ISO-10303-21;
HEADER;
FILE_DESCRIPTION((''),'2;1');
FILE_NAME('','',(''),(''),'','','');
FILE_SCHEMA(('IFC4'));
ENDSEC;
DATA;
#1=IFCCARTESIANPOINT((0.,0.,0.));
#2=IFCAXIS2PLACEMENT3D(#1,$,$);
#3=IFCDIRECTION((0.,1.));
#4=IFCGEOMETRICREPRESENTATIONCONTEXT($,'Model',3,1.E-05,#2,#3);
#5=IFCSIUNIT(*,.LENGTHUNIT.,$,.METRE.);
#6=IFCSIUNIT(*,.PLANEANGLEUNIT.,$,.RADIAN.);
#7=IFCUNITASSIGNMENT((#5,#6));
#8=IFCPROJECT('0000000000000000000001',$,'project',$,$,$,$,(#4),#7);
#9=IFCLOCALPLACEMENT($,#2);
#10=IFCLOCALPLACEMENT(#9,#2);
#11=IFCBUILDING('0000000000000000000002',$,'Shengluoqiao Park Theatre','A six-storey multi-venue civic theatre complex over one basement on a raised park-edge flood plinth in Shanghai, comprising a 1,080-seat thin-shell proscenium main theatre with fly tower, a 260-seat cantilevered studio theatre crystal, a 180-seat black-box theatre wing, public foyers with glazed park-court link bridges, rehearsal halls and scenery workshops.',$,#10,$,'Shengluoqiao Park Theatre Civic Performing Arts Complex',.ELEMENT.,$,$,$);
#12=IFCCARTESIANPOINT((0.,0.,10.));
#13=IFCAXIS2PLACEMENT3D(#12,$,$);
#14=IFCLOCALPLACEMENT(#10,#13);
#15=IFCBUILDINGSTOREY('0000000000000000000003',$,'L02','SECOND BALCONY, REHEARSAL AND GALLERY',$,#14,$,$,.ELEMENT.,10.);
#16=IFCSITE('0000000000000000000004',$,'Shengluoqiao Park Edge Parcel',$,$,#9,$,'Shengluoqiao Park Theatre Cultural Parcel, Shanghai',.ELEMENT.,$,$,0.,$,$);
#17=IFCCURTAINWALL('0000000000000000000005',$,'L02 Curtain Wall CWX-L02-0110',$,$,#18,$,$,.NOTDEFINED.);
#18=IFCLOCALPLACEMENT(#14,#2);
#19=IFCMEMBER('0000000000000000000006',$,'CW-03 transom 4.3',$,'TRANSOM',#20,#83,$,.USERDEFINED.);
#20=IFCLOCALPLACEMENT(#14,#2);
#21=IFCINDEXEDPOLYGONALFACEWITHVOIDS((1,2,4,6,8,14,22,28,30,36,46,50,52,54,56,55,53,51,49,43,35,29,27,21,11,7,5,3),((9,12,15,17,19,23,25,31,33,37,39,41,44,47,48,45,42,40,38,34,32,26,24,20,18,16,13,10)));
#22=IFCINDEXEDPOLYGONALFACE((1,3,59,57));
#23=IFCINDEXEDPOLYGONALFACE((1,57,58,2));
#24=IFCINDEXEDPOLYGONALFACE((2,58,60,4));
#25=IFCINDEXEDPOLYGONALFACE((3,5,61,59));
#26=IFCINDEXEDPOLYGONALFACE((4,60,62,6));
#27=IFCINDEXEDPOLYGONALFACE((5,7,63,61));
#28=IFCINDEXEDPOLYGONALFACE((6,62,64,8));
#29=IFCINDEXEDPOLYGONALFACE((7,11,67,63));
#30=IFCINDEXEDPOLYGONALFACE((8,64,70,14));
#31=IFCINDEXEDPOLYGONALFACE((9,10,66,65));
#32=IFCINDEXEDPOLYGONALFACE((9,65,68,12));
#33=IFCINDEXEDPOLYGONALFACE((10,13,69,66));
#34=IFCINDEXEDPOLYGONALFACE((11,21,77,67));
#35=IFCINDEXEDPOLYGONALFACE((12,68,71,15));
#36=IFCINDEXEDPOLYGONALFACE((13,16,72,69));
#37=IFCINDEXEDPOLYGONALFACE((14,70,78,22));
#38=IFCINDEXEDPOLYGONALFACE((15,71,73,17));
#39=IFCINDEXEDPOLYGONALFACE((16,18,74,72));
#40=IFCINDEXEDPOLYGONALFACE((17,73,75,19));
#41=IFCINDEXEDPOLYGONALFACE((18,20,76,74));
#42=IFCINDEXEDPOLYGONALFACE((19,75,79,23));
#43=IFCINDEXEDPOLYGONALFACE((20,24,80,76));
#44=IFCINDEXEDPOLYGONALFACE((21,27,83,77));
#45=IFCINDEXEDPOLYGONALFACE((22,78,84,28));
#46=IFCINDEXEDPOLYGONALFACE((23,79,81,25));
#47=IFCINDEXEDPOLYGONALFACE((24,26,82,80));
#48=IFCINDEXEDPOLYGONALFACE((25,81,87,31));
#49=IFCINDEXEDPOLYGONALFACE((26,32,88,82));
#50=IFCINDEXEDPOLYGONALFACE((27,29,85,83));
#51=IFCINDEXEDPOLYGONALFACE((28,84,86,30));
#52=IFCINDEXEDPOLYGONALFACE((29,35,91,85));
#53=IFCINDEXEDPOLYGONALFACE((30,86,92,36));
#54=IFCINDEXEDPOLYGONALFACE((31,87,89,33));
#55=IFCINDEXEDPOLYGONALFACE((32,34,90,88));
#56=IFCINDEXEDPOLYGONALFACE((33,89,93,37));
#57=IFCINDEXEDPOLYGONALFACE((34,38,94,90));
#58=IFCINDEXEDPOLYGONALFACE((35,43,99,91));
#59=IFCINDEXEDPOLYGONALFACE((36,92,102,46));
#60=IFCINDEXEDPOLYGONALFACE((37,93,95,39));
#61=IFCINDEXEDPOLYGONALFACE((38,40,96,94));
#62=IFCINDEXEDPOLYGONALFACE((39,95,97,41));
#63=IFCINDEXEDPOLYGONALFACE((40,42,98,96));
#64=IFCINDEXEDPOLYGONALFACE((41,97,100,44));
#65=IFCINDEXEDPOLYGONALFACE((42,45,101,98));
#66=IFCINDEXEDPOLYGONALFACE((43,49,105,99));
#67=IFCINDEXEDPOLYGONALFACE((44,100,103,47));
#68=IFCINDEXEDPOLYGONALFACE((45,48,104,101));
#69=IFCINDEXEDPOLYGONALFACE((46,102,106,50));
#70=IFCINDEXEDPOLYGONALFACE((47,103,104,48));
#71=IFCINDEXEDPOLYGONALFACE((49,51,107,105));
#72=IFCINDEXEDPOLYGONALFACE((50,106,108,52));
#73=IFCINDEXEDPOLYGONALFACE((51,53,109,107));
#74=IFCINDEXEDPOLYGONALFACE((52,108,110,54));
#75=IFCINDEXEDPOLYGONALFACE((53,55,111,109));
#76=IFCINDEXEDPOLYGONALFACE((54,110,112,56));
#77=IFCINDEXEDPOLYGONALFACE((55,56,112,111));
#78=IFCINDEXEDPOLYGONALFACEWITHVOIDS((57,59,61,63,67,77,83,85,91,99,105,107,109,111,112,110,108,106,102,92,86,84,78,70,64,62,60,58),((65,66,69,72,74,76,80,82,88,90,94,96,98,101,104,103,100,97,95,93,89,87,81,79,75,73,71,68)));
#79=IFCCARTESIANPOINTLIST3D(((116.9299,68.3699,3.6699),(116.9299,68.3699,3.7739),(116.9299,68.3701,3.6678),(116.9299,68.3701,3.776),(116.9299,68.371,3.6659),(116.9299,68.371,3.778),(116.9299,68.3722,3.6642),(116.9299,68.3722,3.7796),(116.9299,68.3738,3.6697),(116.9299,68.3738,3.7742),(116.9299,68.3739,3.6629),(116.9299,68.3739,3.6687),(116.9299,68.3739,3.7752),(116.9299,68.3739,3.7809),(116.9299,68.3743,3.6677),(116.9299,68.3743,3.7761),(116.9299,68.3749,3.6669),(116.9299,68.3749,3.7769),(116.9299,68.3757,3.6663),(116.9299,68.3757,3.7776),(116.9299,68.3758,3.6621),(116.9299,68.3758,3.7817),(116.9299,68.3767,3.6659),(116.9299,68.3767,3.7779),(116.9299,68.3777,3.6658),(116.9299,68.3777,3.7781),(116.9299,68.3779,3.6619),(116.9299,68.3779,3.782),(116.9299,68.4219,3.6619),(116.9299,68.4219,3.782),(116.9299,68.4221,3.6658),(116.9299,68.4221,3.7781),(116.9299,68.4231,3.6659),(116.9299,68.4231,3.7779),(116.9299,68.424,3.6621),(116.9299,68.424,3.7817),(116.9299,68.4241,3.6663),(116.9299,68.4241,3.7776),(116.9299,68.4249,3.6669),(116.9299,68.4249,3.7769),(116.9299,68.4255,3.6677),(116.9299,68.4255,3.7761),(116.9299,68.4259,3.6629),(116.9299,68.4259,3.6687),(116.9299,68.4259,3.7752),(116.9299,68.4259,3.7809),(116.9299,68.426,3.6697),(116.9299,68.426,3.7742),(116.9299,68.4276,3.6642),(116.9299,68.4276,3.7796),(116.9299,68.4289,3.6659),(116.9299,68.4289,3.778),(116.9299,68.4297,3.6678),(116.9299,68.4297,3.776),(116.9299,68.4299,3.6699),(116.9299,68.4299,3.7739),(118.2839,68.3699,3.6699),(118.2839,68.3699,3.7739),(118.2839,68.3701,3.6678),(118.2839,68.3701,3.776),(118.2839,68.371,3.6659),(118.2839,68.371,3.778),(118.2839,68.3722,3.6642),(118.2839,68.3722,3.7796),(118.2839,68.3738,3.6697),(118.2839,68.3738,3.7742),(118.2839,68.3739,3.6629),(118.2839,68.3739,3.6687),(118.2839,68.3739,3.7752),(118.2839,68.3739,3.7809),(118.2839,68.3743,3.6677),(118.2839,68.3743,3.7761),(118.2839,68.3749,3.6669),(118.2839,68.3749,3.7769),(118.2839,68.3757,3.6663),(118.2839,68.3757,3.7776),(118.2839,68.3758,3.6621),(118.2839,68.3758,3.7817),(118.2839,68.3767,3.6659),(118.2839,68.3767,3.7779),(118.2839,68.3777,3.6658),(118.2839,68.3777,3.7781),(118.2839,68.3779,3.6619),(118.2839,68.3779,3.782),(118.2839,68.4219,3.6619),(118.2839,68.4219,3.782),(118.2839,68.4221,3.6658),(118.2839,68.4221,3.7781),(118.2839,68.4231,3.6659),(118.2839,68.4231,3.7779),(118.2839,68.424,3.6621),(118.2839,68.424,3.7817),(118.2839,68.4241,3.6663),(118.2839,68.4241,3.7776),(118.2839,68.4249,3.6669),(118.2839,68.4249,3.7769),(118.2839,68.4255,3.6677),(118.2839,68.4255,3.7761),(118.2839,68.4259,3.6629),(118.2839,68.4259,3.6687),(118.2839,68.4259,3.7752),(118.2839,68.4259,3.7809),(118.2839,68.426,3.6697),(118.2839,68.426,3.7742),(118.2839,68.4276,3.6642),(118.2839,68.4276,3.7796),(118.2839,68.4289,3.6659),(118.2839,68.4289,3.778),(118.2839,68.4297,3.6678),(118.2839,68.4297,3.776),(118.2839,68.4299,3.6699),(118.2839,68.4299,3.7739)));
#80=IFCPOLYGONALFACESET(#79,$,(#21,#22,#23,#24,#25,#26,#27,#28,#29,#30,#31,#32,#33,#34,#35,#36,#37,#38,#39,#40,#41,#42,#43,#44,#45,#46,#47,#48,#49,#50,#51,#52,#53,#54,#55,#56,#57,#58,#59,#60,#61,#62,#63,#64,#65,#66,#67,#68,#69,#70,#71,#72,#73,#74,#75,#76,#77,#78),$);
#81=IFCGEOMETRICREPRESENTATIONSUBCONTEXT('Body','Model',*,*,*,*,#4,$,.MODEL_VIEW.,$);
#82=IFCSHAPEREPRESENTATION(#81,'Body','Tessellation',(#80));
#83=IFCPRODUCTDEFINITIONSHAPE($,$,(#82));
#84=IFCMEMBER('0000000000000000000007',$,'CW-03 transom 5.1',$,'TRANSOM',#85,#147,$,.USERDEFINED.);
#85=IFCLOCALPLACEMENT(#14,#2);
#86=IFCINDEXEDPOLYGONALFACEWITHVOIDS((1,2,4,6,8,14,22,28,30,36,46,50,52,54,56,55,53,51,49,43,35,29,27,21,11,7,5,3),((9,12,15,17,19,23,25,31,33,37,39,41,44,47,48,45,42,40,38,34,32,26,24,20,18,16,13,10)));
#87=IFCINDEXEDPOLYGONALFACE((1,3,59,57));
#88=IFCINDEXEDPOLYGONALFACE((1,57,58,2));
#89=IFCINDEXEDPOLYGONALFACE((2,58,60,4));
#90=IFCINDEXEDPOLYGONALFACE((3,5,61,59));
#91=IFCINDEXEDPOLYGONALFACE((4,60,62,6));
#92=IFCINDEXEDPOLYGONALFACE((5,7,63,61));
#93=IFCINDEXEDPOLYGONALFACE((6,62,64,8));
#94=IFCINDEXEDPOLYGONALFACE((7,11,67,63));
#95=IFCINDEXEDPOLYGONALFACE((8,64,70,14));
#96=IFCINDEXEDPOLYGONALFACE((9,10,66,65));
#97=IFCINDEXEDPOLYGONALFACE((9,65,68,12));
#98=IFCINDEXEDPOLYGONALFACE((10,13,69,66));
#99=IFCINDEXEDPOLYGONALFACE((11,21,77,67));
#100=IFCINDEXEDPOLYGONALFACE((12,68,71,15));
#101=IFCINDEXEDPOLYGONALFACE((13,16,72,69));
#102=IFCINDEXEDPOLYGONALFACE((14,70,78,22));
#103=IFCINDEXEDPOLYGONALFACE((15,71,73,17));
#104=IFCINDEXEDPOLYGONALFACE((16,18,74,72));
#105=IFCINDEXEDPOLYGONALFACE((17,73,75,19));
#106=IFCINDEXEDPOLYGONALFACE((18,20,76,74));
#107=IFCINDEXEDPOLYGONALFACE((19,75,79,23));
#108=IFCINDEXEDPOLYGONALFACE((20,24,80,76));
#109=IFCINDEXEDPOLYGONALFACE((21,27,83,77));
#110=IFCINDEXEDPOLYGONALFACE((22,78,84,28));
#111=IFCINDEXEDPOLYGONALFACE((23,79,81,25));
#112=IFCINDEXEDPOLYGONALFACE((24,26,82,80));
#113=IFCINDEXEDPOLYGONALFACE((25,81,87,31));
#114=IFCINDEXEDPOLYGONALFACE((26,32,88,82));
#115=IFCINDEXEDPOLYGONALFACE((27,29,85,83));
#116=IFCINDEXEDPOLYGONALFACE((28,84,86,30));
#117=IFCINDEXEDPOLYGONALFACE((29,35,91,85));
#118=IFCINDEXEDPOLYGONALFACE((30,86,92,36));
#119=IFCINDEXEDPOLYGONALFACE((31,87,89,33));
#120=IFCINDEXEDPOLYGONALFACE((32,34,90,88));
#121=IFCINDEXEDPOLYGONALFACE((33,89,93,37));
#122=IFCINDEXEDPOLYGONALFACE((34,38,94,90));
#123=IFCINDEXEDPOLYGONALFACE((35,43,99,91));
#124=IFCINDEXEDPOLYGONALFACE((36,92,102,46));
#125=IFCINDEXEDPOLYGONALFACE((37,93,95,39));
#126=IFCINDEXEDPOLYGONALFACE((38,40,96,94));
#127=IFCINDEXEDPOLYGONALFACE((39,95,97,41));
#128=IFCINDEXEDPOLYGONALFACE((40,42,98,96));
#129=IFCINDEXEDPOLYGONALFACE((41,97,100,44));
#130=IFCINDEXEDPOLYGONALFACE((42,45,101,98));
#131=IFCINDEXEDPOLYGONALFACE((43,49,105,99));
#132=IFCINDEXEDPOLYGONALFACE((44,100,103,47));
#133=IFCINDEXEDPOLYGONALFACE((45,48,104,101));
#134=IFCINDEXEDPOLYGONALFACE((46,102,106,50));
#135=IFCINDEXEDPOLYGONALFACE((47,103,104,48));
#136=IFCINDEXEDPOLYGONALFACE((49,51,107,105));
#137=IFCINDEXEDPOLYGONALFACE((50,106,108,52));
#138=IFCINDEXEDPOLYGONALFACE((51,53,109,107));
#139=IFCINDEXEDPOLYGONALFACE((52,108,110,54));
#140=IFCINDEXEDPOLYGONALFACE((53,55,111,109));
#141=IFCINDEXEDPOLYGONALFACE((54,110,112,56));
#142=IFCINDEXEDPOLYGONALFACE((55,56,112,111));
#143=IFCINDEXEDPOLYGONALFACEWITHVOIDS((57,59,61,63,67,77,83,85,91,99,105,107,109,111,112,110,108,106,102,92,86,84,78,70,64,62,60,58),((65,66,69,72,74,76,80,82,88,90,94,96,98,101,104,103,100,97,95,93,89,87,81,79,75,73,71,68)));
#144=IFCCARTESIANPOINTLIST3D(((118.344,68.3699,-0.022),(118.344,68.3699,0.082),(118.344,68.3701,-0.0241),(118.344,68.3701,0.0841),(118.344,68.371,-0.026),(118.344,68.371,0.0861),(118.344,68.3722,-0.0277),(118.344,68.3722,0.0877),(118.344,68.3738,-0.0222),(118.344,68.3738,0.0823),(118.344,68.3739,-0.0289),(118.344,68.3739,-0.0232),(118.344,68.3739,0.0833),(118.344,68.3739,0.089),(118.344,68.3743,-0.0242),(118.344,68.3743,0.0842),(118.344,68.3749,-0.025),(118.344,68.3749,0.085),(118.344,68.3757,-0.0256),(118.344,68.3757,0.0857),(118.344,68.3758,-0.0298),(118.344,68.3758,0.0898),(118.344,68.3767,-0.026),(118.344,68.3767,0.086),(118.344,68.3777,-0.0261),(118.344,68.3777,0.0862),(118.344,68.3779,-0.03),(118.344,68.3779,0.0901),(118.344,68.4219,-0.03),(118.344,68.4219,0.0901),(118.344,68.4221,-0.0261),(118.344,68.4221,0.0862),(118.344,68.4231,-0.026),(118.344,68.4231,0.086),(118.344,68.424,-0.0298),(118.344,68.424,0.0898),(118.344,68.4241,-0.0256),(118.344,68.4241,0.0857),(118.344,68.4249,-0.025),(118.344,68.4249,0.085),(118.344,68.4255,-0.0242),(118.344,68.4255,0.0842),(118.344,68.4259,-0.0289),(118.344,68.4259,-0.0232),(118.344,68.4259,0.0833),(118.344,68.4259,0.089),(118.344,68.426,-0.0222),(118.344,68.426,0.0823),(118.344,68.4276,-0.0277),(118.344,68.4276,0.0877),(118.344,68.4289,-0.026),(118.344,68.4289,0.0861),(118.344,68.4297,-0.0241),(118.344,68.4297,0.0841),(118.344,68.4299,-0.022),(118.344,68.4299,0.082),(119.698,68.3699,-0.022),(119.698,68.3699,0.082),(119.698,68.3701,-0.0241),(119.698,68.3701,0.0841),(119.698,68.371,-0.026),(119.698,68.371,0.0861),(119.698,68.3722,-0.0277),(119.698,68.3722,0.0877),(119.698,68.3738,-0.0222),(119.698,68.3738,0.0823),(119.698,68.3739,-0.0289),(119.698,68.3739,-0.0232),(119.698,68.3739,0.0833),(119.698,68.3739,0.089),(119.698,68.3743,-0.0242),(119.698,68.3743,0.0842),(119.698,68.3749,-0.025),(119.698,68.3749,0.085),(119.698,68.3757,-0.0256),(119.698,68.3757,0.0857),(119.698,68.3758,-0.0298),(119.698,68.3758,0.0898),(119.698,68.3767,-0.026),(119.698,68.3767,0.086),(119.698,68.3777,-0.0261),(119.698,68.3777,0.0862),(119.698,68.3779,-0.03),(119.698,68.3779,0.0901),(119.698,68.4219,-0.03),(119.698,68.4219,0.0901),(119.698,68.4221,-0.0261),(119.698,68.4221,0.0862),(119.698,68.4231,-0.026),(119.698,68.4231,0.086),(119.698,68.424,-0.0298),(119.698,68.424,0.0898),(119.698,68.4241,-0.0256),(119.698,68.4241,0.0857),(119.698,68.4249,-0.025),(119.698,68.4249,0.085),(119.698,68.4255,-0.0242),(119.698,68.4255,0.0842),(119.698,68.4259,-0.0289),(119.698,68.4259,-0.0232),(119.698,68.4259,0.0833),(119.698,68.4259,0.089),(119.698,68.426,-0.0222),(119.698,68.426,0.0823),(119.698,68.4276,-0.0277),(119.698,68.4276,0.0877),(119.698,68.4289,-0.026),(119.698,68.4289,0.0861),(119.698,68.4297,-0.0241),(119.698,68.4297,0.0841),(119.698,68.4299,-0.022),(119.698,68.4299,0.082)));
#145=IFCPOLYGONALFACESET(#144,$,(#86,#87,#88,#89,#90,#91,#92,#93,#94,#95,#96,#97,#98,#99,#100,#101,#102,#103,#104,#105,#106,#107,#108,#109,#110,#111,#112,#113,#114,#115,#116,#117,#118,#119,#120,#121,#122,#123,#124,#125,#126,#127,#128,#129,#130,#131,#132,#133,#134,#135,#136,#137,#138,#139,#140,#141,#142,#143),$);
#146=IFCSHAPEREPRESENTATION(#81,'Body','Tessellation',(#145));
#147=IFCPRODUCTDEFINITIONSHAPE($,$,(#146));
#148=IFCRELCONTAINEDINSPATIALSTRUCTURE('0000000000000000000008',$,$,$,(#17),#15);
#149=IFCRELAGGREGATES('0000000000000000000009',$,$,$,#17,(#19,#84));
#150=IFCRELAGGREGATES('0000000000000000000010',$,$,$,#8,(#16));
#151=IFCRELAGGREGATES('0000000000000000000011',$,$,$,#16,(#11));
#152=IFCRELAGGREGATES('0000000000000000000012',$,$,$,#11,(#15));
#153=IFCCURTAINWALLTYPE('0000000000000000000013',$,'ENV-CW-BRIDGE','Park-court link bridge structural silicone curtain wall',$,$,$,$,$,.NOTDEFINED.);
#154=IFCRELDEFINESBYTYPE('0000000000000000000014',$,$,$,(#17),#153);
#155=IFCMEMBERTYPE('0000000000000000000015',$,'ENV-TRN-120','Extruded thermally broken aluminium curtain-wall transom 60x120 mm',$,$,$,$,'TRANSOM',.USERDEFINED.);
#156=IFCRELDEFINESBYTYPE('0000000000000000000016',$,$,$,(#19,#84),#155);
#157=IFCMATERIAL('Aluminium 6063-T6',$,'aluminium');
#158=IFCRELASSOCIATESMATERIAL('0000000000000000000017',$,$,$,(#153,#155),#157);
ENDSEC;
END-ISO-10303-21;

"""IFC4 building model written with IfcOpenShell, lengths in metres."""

from ifc_helpers import new_model, si_unit, direction, frame, origin, origin_2d, place, context, subcontext, project, spatial, hollow_rectangle, extrude, material, material_profile, profile_set, type_object, element, aggregate, save


model = new_model("IFC4")

# Units and contexts
model_context = context("Model", 3, precision=1e-05, world=origin(), true_north=direction((0.0, 1.0)))
body_context = subcontext(model_context, "Body", "Model", "MODEL_VIEW")
ifc_project = project(units=[si_unit("LENGTHUNIT", "METRE"), si_unit("PLANEANGLEUNIT", "RADIAN")], contexts=[model_context])

# Site, building, storey
site_placement = place(None, origin())
site = spatial("IfcSite", under=ifc_project, at=site_placement, Name="Shengluoqiao Park Edge Parcel", LongName="Shengluoqiao Park Theatre Cultural Parcel, Shanghai", CompositionType="ELEMENT", RefElevation=0.0)
building_placement = place(site_placement, origin())
building = spatial("IfcBuilding", under=site, at=building_placement, Name="Shengluoqiao Park Theatre", Description="A six-storey multi-venue civic theatre complex over one basement on a raised park-edge flood plinth in Shanghai, comprising a 1,080-seat thin-shell proscenium main theatre with fly tower, a 260-seat cantilevered studio theatre crystal, a 180-seat black-box theatre wing, public foyers with glazed park-court link bridges, rehearsal halls and scenery workshops.", LongName="Shengluoqiao Park Theatre Civic Performing Arts Complex", CompositionType="ELEMENT")
storey_placement = place(building_placement, frame((0.0, 0.0, 10.0)))
storey = spatial("IfcBuildingStorey", under=building, at=storey_placement, Name="L02", Description="SECOND BALCONY, REHEARSAL AND GALLERY", CompositionType="ELEMENT", Elevation=10.0)

# Curtain wall, members
ifc_material_1 = material(Name="Aluminium 6063-T6", Category="aluminium")
curtain_wall_type = type_object("IfcCurtainWallType", Name="ENV-CW-BRIDGE", Description="Park-court link bridge structural silicone curtain wall", PredefinedType="NOTDEFINED", material=ifc_material_1)
curtain_wall_placement = place(storey_placement, origin())
curtain_wall = element("IfcCurtainWall", 1, at=curtain_wall_placement, inside=storey, type_object=curtain_wall_type, Name="L02 Curtain Wall CWX-L02-0110", PredefinedType="NOTDEFINED")
ifc_material_profile_1 = material_profile(ifc_material_1, hollow_rectangle(XDim=0.0601, YDim=0.1201, WallThickness=0.0039, InnerFilletRadius=0.0039, OuterFilletRadius=0.0081, at=origin_2d()), Name="ALU TRANSOM 120x60x4")
ifc_profile_set_1 = profile_set([ifc_material_profile_1], Name="Aluminium 6063-T6")
member_type_1 = type_object("IfcMemberType", Name="ENV-TRN-120", Description="Extruded thermally broken aluminium curtain-wall transom 60x120 mm", ElementType="TRANSOM", PredefinedType="USERDEFINED", material=ifc_profile_set_1)
member_1_placement = place(storey_placement, frame((116.9299, 68.3999, 3.7219), z_axis=(1.0, 0.0, 0.0), x_axis=(0.0, 1.0, 0.0)))
member_1 = element("IfcMember", 2, at=member_1_placement, type_object=member_type_1, Name="CW-03 transom 4.3", ObjectType="TRANSOM", PredefinedType="USERDEFINED", context=body_context, shape_type="SweptSolid", body=[
    extrude(hollow_rectangle(XDim=0.0601, YDim=0.1201, WallThickness=0.0039, InnerFilletRadius=0.0039, OuterFilletRadius=0.0081, at=origin_2d()), origin(), (0.0, 0.0, 1.0), 1.354),
])
member_2_placement = place(storey_placement, frame((118.344, 68.3999, 0.03), z_axis=(1.0, 0.0, 0.0), x_axis=(0.0, 1.0, 0.0)))
member_2 = element("IfcMember", 3, at=member_2_placement, type_object=member_type_1, Name="CW-03 transom 5.1", ObjectType="TRANSOM", PredefinedType="USERDEFINED", context=body_context, shape_type="SweptSolid", body=[
    extrude(hollow_rectangle(XDim=0.0601, YDim=0.1201, WallThickness=0.0039, InnerFilletRadius=0.0039, OuterFilletRadius=0.0081, at=origin_2d()), origin(), (0.0, 0.0, 1.0), 1.354),
])

aggregate(curtain_wall, [member_1, member_2])

save(model, "model.ifc")
